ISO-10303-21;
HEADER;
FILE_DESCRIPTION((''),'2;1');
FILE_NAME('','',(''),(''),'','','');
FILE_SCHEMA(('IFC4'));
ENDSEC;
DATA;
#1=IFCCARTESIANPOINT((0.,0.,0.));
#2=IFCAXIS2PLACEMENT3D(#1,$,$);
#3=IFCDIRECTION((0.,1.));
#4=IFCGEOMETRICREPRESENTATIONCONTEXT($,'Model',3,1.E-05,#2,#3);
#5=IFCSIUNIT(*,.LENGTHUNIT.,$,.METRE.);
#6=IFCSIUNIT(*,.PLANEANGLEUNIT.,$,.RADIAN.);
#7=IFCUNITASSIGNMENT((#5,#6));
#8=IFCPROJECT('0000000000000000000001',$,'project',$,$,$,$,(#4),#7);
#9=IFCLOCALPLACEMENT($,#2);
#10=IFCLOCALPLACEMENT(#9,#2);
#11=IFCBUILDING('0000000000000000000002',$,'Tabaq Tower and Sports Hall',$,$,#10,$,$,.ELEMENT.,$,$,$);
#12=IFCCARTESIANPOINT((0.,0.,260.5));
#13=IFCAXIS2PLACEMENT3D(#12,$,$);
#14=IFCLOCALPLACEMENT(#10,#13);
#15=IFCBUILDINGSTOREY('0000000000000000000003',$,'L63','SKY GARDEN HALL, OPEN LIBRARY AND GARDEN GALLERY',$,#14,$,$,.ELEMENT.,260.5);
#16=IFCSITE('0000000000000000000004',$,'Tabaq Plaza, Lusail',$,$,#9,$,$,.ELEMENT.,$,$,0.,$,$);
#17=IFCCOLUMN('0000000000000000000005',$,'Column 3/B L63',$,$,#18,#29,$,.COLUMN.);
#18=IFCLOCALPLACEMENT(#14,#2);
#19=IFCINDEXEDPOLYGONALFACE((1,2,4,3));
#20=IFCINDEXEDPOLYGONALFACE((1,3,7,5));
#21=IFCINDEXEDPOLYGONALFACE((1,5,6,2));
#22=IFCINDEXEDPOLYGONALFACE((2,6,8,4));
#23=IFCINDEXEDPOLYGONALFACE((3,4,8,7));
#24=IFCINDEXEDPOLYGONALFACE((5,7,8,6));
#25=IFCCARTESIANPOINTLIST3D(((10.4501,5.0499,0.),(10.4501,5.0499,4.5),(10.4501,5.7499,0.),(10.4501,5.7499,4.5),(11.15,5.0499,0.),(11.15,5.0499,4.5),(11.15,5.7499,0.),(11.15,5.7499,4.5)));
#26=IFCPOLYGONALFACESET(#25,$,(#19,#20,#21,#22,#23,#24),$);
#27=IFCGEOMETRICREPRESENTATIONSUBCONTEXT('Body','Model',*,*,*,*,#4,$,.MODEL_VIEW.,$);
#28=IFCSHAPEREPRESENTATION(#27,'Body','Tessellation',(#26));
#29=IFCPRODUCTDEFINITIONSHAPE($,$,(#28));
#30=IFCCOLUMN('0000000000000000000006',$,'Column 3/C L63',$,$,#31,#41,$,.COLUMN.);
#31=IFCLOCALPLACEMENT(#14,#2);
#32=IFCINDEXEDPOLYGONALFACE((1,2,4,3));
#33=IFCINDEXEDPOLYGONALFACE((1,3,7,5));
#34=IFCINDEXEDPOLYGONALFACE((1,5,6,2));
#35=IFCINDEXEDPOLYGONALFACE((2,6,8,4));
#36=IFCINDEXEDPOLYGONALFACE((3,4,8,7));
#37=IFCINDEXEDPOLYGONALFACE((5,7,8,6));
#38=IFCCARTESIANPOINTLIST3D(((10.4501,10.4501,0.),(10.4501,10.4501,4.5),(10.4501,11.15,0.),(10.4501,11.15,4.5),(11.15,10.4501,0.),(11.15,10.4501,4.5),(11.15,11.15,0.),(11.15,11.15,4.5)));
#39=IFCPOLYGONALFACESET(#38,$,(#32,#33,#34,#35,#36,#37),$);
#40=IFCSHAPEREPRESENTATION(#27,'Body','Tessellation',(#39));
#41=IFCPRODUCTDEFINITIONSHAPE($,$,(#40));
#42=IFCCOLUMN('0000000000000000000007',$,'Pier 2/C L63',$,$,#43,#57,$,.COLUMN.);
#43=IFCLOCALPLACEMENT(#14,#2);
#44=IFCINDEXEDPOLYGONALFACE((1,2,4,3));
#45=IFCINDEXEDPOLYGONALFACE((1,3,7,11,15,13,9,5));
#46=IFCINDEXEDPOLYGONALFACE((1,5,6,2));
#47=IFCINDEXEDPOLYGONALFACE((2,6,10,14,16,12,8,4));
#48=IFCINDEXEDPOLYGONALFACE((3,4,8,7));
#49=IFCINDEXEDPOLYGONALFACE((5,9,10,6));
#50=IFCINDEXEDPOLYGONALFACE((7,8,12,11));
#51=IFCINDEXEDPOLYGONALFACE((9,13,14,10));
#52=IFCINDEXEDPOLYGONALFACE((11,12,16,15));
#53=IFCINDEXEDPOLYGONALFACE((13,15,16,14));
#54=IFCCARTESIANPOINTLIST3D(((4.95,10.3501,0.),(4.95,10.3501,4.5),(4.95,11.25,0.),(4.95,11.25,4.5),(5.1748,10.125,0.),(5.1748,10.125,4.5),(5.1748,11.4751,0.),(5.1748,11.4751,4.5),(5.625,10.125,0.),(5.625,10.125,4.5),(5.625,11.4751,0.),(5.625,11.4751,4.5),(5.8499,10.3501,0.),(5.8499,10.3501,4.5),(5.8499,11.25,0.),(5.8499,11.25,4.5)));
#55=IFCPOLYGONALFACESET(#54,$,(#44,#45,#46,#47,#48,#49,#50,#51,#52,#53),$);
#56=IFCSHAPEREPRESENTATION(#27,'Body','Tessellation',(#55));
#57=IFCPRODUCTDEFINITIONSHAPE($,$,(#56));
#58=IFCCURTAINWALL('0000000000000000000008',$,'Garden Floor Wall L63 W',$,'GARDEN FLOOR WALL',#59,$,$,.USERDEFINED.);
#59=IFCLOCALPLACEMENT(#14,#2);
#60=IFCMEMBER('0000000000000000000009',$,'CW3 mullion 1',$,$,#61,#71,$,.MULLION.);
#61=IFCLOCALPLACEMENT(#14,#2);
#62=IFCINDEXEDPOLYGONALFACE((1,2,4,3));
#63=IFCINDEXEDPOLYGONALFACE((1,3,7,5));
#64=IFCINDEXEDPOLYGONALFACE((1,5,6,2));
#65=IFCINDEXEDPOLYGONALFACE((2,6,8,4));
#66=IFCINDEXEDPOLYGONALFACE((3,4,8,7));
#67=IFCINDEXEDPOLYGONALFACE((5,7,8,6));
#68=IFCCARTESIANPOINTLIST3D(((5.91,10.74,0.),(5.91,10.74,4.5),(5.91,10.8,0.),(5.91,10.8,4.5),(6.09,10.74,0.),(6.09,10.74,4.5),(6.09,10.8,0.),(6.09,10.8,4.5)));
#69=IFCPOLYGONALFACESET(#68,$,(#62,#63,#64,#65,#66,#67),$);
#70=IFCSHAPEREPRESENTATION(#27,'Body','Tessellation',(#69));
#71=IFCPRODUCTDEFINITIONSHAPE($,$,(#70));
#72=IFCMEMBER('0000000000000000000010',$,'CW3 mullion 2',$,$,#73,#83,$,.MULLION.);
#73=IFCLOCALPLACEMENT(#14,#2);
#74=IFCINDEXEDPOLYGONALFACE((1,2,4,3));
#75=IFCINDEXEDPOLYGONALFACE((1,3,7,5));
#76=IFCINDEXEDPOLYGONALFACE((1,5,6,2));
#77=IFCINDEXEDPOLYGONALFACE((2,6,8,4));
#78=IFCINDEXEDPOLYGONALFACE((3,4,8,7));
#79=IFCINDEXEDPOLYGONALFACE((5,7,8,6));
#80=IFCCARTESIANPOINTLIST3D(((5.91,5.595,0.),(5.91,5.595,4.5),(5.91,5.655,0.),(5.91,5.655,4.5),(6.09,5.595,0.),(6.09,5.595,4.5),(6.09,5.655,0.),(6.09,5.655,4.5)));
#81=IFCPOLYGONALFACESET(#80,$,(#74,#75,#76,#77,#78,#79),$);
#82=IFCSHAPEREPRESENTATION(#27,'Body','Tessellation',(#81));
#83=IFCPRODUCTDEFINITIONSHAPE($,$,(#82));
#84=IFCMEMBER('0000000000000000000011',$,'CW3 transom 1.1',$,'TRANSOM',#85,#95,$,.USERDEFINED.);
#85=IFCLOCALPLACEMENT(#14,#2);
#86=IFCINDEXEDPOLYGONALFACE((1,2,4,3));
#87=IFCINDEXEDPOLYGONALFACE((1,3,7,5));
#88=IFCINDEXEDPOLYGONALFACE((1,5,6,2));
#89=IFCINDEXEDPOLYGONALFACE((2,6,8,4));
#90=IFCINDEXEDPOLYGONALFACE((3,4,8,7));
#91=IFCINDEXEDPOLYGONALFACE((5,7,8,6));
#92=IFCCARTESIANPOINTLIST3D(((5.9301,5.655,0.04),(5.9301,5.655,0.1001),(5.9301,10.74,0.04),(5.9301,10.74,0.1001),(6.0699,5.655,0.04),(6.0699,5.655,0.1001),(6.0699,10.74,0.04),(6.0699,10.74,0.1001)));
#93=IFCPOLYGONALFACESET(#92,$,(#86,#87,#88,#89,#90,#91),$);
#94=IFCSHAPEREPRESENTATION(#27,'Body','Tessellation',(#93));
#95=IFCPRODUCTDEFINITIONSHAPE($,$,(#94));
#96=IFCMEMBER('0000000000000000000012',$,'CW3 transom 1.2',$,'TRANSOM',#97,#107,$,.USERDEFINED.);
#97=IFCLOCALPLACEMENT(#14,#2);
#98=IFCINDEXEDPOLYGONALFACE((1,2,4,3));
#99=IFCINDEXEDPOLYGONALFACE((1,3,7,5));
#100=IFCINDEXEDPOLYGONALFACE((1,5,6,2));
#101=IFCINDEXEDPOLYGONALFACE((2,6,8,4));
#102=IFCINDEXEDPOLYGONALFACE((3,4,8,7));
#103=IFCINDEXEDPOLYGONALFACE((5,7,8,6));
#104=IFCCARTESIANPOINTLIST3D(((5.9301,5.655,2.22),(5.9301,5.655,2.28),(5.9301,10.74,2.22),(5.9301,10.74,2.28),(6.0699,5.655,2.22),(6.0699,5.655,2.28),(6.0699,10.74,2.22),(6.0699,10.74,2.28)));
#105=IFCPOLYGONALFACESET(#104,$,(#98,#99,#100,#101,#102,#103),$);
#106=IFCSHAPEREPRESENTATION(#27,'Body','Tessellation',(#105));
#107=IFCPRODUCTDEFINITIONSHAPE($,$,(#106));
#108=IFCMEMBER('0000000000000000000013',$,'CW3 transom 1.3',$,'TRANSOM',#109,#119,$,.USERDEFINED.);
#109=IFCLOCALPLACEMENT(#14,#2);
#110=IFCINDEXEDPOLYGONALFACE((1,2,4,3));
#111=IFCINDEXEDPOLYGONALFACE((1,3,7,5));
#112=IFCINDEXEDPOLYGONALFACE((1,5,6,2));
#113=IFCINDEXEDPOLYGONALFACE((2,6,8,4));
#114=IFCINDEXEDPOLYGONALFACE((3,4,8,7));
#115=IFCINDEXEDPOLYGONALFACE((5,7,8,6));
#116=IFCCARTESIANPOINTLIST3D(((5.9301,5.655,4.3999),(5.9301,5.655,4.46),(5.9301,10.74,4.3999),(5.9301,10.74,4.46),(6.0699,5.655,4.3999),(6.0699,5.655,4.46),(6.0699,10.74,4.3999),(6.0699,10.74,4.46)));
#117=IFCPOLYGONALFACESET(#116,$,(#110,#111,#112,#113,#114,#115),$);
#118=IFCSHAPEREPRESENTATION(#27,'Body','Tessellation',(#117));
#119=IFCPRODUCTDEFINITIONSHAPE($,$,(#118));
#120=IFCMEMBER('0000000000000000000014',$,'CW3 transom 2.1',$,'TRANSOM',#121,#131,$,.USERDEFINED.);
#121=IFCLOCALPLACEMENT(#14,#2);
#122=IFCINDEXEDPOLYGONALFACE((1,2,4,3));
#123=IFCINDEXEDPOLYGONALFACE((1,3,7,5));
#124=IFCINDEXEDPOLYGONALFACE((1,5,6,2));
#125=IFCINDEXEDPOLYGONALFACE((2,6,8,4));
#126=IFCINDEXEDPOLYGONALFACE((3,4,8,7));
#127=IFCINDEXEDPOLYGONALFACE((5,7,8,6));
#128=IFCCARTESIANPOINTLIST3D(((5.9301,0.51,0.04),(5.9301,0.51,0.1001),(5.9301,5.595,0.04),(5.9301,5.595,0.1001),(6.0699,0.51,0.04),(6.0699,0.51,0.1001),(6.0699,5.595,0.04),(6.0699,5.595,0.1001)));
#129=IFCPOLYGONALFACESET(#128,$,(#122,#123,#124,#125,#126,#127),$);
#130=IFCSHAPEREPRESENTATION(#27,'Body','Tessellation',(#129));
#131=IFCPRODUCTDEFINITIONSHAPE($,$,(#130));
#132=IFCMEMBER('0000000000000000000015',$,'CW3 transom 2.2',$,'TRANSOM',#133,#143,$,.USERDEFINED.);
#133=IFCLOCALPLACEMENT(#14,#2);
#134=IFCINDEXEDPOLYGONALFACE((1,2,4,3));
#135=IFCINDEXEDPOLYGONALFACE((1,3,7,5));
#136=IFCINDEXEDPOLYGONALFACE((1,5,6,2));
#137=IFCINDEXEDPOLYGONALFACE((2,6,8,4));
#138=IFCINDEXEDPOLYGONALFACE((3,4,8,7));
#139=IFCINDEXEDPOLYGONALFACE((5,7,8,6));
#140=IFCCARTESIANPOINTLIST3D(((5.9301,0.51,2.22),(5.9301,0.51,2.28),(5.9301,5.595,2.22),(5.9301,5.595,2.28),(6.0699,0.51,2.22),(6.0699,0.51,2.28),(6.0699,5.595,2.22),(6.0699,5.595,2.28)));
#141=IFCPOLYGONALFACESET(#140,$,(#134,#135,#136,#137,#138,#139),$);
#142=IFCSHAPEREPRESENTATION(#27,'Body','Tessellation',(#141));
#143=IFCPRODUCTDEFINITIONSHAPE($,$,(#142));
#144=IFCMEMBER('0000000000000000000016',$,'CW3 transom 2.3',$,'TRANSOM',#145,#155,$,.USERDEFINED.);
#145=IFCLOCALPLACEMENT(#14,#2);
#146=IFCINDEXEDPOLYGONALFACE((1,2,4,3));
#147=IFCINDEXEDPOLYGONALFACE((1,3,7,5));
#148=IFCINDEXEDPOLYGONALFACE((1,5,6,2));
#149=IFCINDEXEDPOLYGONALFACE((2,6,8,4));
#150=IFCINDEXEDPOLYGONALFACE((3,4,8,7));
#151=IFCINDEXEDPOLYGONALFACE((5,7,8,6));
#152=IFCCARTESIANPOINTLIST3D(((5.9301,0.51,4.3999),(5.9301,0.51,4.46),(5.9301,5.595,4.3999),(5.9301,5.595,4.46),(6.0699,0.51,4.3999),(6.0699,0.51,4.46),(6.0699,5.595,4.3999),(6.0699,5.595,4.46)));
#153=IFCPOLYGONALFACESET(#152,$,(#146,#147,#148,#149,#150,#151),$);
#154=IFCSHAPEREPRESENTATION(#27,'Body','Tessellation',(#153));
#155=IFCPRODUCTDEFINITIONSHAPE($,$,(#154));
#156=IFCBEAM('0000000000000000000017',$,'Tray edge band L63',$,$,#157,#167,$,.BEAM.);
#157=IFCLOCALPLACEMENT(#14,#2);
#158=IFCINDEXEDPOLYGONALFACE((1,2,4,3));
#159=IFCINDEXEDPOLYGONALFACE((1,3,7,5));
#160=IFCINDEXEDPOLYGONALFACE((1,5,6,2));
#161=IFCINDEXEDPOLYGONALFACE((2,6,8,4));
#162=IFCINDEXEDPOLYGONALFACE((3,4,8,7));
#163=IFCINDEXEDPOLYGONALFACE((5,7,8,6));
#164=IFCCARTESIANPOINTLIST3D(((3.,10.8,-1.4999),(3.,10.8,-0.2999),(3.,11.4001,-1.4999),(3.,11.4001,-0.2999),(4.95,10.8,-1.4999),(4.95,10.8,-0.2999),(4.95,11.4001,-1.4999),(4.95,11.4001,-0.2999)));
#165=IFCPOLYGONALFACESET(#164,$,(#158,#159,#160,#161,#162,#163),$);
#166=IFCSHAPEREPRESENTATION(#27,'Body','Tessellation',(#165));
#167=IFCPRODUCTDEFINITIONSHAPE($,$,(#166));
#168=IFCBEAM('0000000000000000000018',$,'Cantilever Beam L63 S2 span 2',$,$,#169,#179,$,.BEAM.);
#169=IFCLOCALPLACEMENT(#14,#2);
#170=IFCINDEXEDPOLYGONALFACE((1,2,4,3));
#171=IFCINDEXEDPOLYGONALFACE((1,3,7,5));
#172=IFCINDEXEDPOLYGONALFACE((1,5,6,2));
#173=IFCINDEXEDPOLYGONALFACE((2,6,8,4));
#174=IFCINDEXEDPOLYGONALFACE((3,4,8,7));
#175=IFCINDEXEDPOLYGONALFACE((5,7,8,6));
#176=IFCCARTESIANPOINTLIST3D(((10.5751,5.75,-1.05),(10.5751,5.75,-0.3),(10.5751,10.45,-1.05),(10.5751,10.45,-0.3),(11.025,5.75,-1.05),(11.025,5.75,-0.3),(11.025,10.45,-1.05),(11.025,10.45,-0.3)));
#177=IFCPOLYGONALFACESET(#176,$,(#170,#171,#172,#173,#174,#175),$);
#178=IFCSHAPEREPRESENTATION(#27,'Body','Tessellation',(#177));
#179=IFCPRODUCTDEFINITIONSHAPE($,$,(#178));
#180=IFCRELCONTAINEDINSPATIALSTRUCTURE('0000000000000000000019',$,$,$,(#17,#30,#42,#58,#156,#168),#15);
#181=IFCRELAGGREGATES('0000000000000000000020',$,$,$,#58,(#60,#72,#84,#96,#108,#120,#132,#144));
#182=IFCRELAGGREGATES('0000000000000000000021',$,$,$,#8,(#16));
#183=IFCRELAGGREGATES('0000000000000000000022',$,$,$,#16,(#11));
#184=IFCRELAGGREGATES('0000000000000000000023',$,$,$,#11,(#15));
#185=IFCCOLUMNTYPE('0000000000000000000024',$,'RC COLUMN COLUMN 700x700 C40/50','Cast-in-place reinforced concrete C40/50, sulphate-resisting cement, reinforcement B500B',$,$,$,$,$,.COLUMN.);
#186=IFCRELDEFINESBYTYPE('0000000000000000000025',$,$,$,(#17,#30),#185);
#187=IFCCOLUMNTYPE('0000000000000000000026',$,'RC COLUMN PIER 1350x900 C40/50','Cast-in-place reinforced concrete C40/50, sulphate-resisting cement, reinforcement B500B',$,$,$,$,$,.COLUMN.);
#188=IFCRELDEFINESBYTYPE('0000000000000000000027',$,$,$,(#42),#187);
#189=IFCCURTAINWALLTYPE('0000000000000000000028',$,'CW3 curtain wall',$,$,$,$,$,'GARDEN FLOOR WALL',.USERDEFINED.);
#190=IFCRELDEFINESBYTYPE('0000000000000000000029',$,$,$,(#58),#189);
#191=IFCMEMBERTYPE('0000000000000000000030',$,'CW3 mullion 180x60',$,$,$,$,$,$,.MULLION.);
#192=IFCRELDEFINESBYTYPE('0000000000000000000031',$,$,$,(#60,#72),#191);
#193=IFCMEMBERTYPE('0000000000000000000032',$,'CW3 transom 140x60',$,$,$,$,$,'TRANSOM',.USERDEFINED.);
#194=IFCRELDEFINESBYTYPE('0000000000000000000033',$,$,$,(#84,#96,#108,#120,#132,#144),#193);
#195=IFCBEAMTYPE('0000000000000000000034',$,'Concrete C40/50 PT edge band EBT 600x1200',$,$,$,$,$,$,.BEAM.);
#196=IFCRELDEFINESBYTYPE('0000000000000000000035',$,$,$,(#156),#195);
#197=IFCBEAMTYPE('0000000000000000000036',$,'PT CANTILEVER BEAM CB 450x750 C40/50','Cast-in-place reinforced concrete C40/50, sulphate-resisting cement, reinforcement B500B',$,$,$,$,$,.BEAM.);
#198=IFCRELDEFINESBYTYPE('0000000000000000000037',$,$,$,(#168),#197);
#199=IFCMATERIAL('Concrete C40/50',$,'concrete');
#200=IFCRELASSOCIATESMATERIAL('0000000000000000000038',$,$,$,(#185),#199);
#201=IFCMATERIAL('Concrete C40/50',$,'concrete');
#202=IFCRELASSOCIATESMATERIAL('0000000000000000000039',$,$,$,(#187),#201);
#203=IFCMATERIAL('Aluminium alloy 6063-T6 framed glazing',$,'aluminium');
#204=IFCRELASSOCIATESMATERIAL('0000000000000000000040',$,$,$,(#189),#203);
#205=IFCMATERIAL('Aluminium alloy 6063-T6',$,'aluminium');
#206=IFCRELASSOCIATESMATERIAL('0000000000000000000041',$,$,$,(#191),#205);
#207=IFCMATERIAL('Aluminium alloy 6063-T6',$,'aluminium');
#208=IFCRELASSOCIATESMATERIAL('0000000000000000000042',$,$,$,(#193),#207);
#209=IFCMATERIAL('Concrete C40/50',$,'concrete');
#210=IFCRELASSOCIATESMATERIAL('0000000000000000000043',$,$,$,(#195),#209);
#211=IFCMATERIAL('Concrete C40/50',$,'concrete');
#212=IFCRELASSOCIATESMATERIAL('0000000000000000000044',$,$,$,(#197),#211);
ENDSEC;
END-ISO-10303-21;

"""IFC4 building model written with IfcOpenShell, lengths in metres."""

from ifc_helpers import new_model, si_unit, direction, frame, origin, origin_2d, place, context, subcontext, project, spatial, polyline, rectangle, outline, extrude, material, material_profile, profile_set, type_object, element, aggregate, save


model = new_model("IFC4")

# Units and contexts
model_context = context("Model", 3, precision=1e-05, world=origin(), true_north=direction((0.0, 1.0)))
body_context = subcontext(model_context, "Body", "Model", "MODEL_VIEW")
ifc_project = project(units=[si_unit("LENGTHUNIT", "METRE"), si_unit("PLANEANGLEUNIT", "RADIAN")], contexts=[model_context])

# Site, building, storey
site_placement = place(None, origin())
site = spatial("IfcSite", under=ifc_project, at=site_placement, Name="Tabaq Plaza, Lusail", CompositionType="ELEMENT", RefElevation=0.0)
building_placement = place(site_placement, origin())
building = spatial("IfcBuilding", under=site, at=building_placement, Name="Tabaq Tower and Sports Hall", CompositionType="ELEMENT")
storey_placement = place(building_placement, frame((0.0, 0.0, 260.5)))
storey = spatial("IfcBuildingStorey", under=building, at=storey_placement, Name="L63", Description="SKY GARDEN HALL, OPEN LIBRARY AND GARDEN GALLERY", CompositionType="ELEMENT", Elevation=260.5)

# Columns
ifc_material_1 = material(Name="Concrete C40/50", Category="concrete")
ifc_material_profile_1 = material_profile(ifc_material_1, rectangle(XDim=0.7, YDim=0.7, at=origin_2d()), Name="COLUMN 700x700")
ifc_profile_set_1 = profile_set([ifc_material_profile_1], Name="Concrete C40/50")
column_type_1 = type_object("IfcColumnType", Name="RC COLUMN COLUMN 700x700 C40/50", Description="Cast-in-place reinforced concrete C40/50, sulphate-resisting cement, reinforcement B500B", PredefinedType="COLUMN", material=ifc_profile_set_1)
for number, where, z_axis, x_axis, name in (
    (1, (10.8, 5.3999, 0.0), (0.0, 0.0, 1.0), (1.0, 0.0, 0.0), "Column 3/B L63"),
    (2, (10.8, 10.8, 0.0), (0.0, 0.0, 1.0), (1.0, 0.0, 0.0), "Column 3/C L63"),
):
    element("IfcColumn", number, at=place(storey_placement, frame(where, z_axis=z_axis, x_axis=x_axis)), inside=storey, type_object=column_type_1, Name=name, PredefinedType="COLUMN", context=body_context, shape_type="SweptSolid", body=[
        extrude(rectangle(XDim=0.7, YDim=0.7, at=origin_2d()), origin(), (0.0, 0.0, 1.0), 4.5),
    ])
ifc_material_2 = material(Name="Concrete C40/50", Category="concrete")
ifc_material_profile_2 = material_profile(ifc_material_2, outline(polyline([(-0.45, -0.45), (0.45, -0.45), (0.675, -0.2251), (0.675, 0.2251), (0.45, 0.45), (-0.45, 0.45), (-0.675, 0.2251), (-0.675, -0.2251), (-0.45, -0.45)])), Name="PIER 1350x900")
ifc_profile_set_2 = profile_set([ifc_material_profile_2], Name="Concrete C40/50")
column_type_2 = type_object("IfcColumnType", Name="RC COLUMN PIER 1350x900 C40/50", Description="Cast-in-place reinforced concrete C40/50, sulphate-resisting cement, reinforcement B500B", PredefinedType="COLUMN", material=ifc_profile_set_2)
column_placement = place(storey_placement, frame((5.3999, 10.8, 0.0), z_axis=(0.0, 0.0, 1.0), x_axis=(0.0, 1.0, 0.0)))
element("IfcColumn", 3, at=column_placement, inside=storey, type_object=column_type_2, Name="Pier 2/C L63", PredefinedType="COLUMN", context=body_context, shape_type="SweptSolid", body=[
    extrude(outline(polyline([(-0.45, -0.45), (0.45, -0.45), (0.675, -0.2251), (0.675, 0.2251), (0.45, 0.45), (-0.45, 0.45), (-0.675, 0.2251), (-0.675, -0.2251), (-0.45, -0.45)])), origin(), (0.0, 0.0, 1.0), 4.5),
])

# Curtain wall, members
ifc_material_3 = material(Name="Aluminium alloy 6063-T6 framed glazing", Category="aluminium")
curtain_wall_type = type_object("IfcCurtainWallType", Name="CW3 curtain wall", ElementType="GARDEN FLOOR WALL", PredefinedType="USERDEFINED", material=ifc_material_3)
curtain_wall_placement = place(storey_placement, origin())
curtain_wall = element("IfcCurtainWall", 4, at=curtain_wall_placement, inside=storey, type_object=curtain_wall_type, Name="Garden Floor Wall L63 W", ObjectType="GARDEN FLOOR WALL", PredefinedType="USERDEFINED")
ifc_material_4 = material(Name="Aluminium alloy 6063-T6", Category="aluminium")
ifc_material_profile_3 = material_profile(ifc_material_4, rectangle(XDim=0.1799, YDim=0.0601, at=origin_2d()), Name="MULLION 180x60")
ifc_profile_set_3 = profile_set([ifc_material_profile_3], Name="Aluminium alloy 6063-T6")
member_type_1 = type_object("IfcMemberType", Name="CW3 mullion 180x60", PredefinedType="MULLION", material=ifc_profile_set_3)
member_1_placement = place(storey_placement, frame((6.0, 10.77, 0.0), z_axis=(0.0, 0.0, 1.0), x_axis=(1.0, 0.0, 0.0)))
member_1 = element("IfcMember", 5, at=member_1_placement, type_object=member_type_1, Name="CW3 mullion 1", PredefinedType="MULLION", context=body_context, shape_type="SweptSolid", body=[
    extrude(rectangle(XDim=0.1799, YDim=0.0601, at=origin_2d()), origin(), (0.0, 0.0, 1.0), 4.5),
])
member_2_placement = place(storey_placement, frame((6.0, 5.625, 0.0), z_axis=(0.0, 0.0, 1.0), x_axis=(1.0, 0.0, 0.0)))
member_2 = element("IfcMember", 6, at=member_2_placement, type_object=member_type_1, Name="CW3 mullion 2", PredefinedType="MULLION", context=body_context, shape_type="SweptSolid", body=[
    extrude(rectangle(XDim=0.1799, YDim=0.0601, at=origin_2d()), origin(), (0.0, 0.0, 1.0), 4.5),
])
ifc_material_5 = material(Name="Aluminium alloy 6063-T6", Category="aluminium")
ifc_material_profile_4 = material_profile(ifc_material_5, rectangle(XDim=0.1399, YDim=0.0601, at=origin_2d()), Name="TRANSOM 140x60")
ifc_profile_set_4 = profile_set([ifc_material_profile_4], Name="Aluminium alloy 6063-T6")
member_type_2 = type_object("IfcMemberType", Name="CW3 transom 140x60", ElementType="TRANSOM", PredefinedType="USERDEFINED", material=ifc_profile_set_4)
member_3_placement = place(storey_placement, frame((6.0, 10.74, 0.0701), z_axis=(0.0, -1.0, 0.0), x_axis=(1.0, 0.0, 0.0)))
member_3 = element("IfcMember", 7, at=member_3_placement, type_object=member_type_2, Name="CW3 transom 1.1", ObjectType="TRANSOM", PredefinedType="USERDEFINED", context=body_context, shape_type="SweptSolid", body=[
    extrude(rectangle(XDim=0.1399, YDim=0.0601, at=origin_2d()), origin(), (0.0, 0.0, 1.0), 5.085),
])
member_4_placement = place(storey_placement, frame((6.0, 10.74, 2.25), z_axis=(0.0, -1.0, 0.0), x_axis=(1.0, 0.0, 0.0)))
member_4 = element("IfcMember", 8, at=member_4_placement, type_object=member_type_2, Name="CW3 transom 1.2", ObjectType="TRANSOM", PredefinedType="USERDEFINED", context=body_context, shape_type="SweptSolid", body=[
    extrude(rectangle(XDim=0.1399, YDim=0.0601, at=origin_2d()), origin(), (0.0, 0.0, 1.0), 5.085),
])
member_5_placement = place(storey_placement, frame((6.0, 10.74, 4.4299), z_axis=(0.0, -1.0, 0.0), x_axis=(1.0, 0.0, 0.0)))
member_5 = element("IfcMember", 9, at=member_5_placement, type_object=member_type_2, Name="CW3 transom 1.3", ObjectType="TRANSOM", PredefinedType="USERDEFINED", context=body_context, shape_type="SweptSolid", body=[
    extrude(rectangle(XDim=0.1399, YDim=0.0601, at=origin_2d()), origin(), (0.0, 0.0, 1.0), 5.085),
])
member_6_placement = place(storey_placement, frame((6.0, 5.595, 0.0701), z_axis=(0.0, -1.0, 0.0), x_axis=(1.0, 0.0, 0.0)))
member_6 = element("IfcMember", 10, at=member_6_placement, type_object=member_type_2, Name="CW3 transom 2.1", ObjectType="TRANSOM", PredefinedType="USERDEFINED", context=body_context, shape_type="SweptSolid", body=[
    extrude(rectangle(XDim=0.1399, YDim=0.0601, at=origin_2d()), origin(), (0.0, 0.0, 1.0), 5.085),
])
member_7_placement = place(storey_placement, frame((6.0, 5.595, 2.25), z_axis=(0.0, -1.0, 0.0), x_axis=(1.0, 0.0, 0.0)))
member_7 = element("IfcMember", 11, at=member_7_placement, type_object=member_type_2, Name="CW3 transom 2.2", ObjectType="TRANSOM", PredefinedType="USERDEFINED", context=body_context, shape_type="SweptSolid", body=[
    extrude(rectangle(XDim=0.1399, YDim=0.0601, at=origin_2d()), origin(), (0.0, 0.0, 1.0), 5.085),
])
member_8_placement = place(storey_placement, frame((6.0, 5.595, 4.4299), z_axis=(0.0, -1.0, 0.0), x_axis=(1.0, 0.0, 0.0)))
member_8 = element("IfcMember", 12, at=member_8_placement, type_object=member_type_2, Name="CW3 transom 2.3", ObjectType="TRANSOM", PredefinedType="USERDEFINED", context=body_context, shape_type="SweptSolid", body=[
    extrude(rectangle(XDim=0.1399, YDim=0.0601, at=origin_2d()), origin(), (0.0, 0.0, 1.0), 5.085),
])

# Beams
ifc_material_6 = material(Name="Concrete C40/50", Category="concrete")
ifc_material_profile_5 = material_profile(ifc_material_6, rectangle(XDim=0.6001, YDim=1.2, at=origin_2d()), Name="EBT 600x1200")
ifc_profile_set_5 = profile_set([ifc_material_profile_5], Name="Concrete C40/50")
beam_type_1 = type_object("IfcBeamType", Name="Concrete C40/50 PT edge band EBT 600x1200", PredefinedType="BEAM", material=ifc_profile_set_5)
beam_1_placement = place(storey_placement, frame((4.95, 11.1001, -0.8999), z_axis=(-1.0, 0.0, 0.0), x_axis=(0.0, -1.0, 0.0)))
element("IfcBeam", 13, at=beam_1_placement, inside=storey, type_object=beam_type_1, Name="Tray edge band L63", PredefinedType="BEAM", context=body_context, shape_type="SweptSolid", body=[
    extrude(rectangle(XDim=0.6001, YDim=1.2, at=origin_2d()), origin(), (0.0, 0.0, 1.0), 1.95),
])
ifc_material_7 = material(Name="Concrete C40/50", Category="concrete")
ifc_material_profile_6 = material_profile(ifc_material_7, rectangle(XDim=0.45, YDim=0.75, at=origin_2d()), Name="CB 450x750")
ifc_profile_set_6 = profile_set([ifc_material_profile_6], Name="Concrete C40/50")
beam_type_2 = type_object("IfcBeamType", Name="PT CANTILEVER BEAM CB 450x750 C40/50", Description="Cast-in-place reinforced concrete C40/50, sulphate-resisting cement, reinforcement B500B", PredefinedType="BEAM", material=ifc_profile_set_6)
beam_2_placement = place(storey_placement, frame((10.8, 5.75, -0.675), z_axis=(0.0, 1.0, 0.0), x_axis=(-1.0, 0.0, 0.0)))
element("IfcBeam", 14, at=beam_2_placement, inside=storey, type_object=beam_type_2, Name="Cantilever Beam L63 S2 span 2", PredefinedType="BEAM", context=body_context, shape_type="SweptSolid", body=[
    extrude(rectangle(XDim=0.45, YDim=0.75, at=origin_2d()), origin(), (0.0, 0.0, 1.0), 4.7),
])

aggregate(curtain_wall, [member_1, member_2, member_3, member_4, member_5, member_6, member_7, member_8])

save(model, "model.ifc")
